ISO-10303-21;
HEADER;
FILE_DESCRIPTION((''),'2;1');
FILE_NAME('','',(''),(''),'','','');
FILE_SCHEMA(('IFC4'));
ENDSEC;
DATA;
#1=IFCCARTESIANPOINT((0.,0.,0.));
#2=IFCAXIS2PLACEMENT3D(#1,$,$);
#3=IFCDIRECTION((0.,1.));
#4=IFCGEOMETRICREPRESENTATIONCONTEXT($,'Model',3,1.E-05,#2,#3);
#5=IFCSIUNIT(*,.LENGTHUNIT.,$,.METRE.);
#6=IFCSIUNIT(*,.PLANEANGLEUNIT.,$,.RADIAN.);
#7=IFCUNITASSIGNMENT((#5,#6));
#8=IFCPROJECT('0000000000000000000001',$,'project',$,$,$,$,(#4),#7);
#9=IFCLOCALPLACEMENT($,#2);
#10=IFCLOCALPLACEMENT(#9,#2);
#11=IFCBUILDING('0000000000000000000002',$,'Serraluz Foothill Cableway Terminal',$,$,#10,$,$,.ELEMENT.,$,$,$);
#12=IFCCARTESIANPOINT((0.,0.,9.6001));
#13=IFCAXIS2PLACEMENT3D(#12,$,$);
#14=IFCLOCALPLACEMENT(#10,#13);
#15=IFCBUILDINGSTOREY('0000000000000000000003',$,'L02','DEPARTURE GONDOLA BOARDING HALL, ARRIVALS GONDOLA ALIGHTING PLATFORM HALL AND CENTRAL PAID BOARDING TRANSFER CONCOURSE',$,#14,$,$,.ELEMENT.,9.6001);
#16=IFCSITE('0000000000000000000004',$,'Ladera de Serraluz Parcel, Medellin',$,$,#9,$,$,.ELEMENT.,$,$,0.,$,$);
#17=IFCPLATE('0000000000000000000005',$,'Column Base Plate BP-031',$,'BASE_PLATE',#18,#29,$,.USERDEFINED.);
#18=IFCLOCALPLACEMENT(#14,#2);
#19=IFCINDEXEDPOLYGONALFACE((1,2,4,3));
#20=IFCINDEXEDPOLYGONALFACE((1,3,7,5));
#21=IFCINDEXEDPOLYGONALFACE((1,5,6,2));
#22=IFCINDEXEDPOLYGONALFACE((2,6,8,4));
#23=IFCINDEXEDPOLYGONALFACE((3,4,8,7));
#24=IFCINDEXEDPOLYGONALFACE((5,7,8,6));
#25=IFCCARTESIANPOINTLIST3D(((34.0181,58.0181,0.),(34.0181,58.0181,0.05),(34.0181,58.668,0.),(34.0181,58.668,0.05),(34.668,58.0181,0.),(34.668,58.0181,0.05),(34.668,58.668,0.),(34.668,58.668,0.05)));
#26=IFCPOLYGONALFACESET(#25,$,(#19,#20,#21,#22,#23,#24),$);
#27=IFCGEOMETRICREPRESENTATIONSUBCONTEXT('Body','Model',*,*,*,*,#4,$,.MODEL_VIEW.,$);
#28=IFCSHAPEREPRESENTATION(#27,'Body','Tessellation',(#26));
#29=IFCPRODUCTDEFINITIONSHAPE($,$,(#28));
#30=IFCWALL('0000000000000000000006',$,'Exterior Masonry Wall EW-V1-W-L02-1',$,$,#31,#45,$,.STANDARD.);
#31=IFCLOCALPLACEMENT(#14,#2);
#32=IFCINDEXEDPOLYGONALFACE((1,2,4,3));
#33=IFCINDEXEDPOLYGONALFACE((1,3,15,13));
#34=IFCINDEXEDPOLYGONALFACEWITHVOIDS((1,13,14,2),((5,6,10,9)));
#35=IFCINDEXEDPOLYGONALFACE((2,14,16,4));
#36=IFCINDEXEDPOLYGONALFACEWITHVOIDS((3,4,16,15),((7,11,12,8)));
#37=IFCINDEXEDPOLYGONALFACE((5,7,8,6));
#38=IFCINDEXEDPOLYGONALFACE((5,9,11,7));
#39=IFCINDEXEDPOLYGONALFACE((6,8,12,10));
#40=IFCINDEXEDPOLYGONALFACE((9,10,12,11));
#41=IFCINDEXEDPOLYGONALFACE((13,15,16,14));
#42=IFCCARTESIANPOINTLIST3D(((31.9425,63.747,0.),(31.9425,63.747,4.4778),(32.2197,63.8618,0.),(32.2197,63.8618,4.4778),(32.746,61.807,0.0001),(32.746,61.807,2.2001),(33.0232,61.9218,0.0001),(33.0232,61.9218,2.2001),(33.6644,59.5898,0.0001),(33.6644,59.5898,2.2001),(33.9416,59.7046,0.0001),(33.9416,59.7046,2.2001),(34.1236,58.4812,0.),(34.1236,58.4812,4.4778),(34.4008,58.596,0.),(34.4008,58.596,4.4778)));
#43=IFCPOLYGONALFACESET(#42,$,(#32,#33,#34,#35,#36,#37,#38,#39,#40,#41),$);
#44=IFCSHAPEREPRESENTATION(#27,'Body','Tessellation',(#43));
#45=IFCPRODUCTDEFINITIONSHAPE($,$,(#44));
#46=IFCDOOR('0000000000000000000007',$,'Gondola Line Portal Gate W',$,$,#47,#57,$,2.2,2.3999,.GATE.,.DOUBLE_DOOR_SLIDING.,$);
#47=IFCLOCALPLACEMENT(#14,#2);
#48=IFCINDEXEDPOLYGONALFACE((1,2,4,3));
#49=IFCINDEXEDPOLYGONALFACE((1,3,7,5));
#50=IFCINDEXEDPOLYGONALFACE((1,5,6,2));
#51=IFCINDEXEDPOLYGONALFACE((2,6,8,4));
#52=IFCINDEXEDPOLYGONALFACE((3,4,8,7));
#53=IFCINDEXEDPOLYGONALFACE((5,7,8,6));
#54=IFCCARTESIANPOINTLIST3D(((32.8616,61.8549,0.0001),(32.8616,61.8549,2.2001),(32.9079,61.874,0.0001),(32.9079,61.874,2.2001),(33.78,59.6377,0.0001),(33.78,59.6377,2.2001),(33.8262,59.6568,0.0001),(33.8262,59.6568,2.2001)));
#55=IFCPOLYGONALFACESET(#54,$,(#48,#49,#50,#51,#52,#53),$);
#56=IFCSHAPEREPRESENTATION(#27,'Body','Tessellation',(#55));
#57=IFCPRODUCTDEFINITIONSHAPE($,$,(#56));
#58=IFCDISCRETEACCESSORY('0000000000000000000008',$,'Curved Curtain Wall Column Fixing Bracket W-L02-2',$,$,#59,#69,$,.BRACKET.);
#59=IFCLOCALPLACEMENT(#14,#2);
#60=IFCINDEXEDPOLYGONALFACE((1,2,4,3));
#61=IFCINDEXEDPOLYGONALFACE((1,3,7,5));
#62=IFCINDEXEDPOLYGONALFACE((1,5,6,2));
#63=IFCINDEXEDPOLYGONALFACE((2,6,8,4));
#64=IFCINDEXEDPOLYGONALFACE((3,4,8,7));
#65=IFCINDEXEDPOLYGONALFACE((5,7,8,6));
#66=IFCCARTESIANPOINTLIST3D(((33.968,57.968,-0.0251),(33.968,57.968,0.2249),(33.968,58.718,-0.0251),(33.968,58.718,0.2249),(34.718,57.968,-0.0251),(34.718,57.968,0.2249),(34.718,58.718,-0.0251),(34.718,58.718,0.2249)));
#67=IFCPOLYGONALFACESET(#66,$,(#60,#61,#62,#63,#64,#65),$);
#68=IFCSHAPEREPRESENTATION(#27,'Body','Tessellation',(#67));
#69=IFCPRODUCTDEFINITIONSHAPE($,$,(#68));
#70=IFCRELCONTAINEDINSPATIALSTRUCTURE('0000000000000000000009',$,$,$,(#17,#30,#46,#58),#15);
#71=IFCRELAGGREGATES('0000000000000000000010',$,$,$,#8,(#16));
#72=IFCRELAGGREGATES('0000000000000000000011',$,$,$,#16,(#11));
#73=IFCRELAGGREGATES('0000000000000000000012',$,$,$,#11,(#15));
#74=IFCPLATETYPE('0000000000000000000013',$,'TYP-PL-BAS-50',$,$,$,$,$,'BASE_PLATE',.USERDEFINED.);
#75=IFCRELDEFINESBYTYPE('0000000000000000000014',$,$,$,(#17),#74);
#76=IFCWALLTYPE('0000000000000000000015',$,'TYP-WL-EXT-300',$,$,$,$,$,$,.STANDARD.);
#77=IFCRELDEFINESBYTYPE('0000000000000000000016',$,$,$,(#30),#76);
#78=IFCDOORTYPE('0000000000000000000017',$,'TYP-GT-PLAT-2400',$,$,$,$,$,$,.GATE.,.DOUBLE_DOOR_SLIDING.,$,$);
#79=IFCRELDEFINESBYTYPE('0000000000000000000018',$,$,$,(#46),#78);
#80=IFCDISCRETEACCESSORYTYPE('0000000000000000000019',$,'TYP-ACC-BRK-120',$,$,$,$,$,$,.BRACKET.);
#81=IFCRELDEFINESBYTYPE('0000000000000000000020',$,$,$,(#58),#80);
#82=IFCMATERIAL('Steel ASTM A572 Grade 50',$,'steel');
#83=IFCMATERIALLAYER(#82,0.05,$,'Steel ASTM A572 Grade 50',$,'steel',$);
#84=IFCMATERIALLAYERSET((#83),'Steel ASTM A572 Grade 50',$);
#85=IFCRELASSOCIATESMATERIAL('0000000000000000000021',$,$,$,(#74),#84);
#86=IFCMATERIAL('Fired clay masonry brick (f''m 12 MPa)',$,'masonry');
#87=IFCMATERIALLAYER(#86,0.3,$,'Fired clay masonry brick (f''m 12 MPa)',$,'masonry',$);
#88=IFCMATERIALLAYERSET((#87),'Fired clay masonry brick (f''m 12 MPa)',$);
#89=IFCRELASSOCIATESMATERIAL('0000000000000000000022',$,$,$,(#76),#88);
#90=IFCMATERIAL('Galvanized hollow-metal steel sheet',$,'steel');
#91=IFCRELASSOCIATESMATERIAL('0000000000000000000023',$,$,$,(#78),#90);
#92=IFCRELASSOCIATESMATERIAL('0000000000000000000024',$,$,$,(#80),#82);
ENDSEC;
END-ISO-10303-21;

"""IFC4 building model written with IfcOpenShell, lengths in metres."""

from ifc_helpers import new_model, si_unit, direction, frame, frame_2d, origin, origin_2d, place, context, subcontext, project, spatial, rectangle, extrude, material, layer, layer_set, type_object, element, fill, save


model = new_model("IFC4")

# Units and contexts
model_context = context("Model", 3, precision=1e-05, world=origin(), true_north=direction((0.0, 1.0)))
body_context = subcontext(model_context, "Body", "Model", "MODEL_VIEW")
ifc_project = project(units=[si_unit("LENGTHUNIT", "METRE"), si_unit("PLANEANGLEUNIT", "RADIAN")], contexts=[model_context])

# Site, building, storey
site_placement = place(None, origin())
site = spatial("IfcSite", under=ifc_project, at=site_placement, Name="Ladera de Serraluz Parcel, Medellin", CompositionType="ELEMENT", RefElevation=0.0)
building_placement = place(site_placement, origin())
building = spatial("IfcBuilding", under=site, at=building_placement, Name="Serraluz Foothill Cableway Terminal", CompositionType="ELEMENT")
storey_placement = place(building_placement, frame((0.0, 0.0, 9.6001)))
storey = spatial("IfcBuildingStorey", under=building, at=storey_placement, Name="L02", Description="DEPARTURE GONDOLA BOARDING HALL, ARRIVALS GONDOLA ALIGHTING PLATFORM HALL AND CENTRAL PAID BOARDING TRANSFER CONCOURSE", CompositionType="ELEMENT", Elevation=9.6001)

# Shared definitions
ifc_material_1 = material(Name="Steel ASTM A572 Grade 50", Category="steel")

# Plate
ifc_layer_1 = layer(ifc_material_1, 0.05, Name="Steel ASTM A572 Grade 50", Category="steel")
ifc_layer_set_1 = layer_set([ifc_layer_1], Name="Steel ASTM A572 Grade 50")
plate_type_1 = type_object("IfcPlateType", Name="TYP-PL-BAS-50", ElementType="BASE_PLATE", PredefinedType="USERDEFINED", material=ifc_layer_set_1)
plate_1_placement = place(storey_placement, frame((34.343, 58.343, 0.0), z_axis=(0.0, 0.0, 1.0), x_axis=(1.0, 0.0, 0.0)))
element("IfcPlate", 1, at=plate_1_placement, inside=storey, type_object=plate_type_1, Name="Column Base Plate BP-031", ObjectType="BASE_PLATE", PredefinedType="USERDEFINED", context=body_context, shape_type="SweptSolid", body=[
    extrude(rectangle(XDim=0.6499, YDim=0.6499, at=origin_2d()), origin(), (0.0, 0.0, 1.0), 0.05),
])

# Wall, opening, door
ifc_material_2 = material(Name="Fired clay masonry brick (f'm 12 MPa)", Category="masonry")
ifc_layer_2 = layer(ifc_material_2, 0.3, Name="Fired clay masonry brick (f'm 12 MPa)", Category="masonry")
ifc_layer_set_2 = layer_set([ifc_layer_2], Name="Fired clay masonry brick (f'm 12 MPa)")
wall_type_1 = type_object("IfcWallType", Name="TYP-WL-EXT-300", PredefinedType="STANDARD", material=ifc_layer_set_2)
wall_1_placement = place(storey_placement, frame((34.2622, 58.5386, 0.0), z_axis=(0.0, 0.0, 1.0), x_axis=(-0.382677, 0.923882, 0.0)))
wall_1 = element("IfcWall", 2, at=wall_1_placement, inside=storey, type_object=wall_type_1, Name="Exterior Masonry Wall EW-V1-W-L02-1", PredefinedType="STANDARD", context=body_context, shape_type="SweptSolid", body=[
    extrude(rectangle(XDim=5.6997, YDim=0.3, at=frame_2d((2.8499, 0.0))), origin(), (0.0, 0.0, 1.0), 4.4778),
])
opening_1_placement = place(wall_1_placement, frame((1.2, 0.0, 0.0)))
opening_1 = element("IfcOpeningElement", 3, at=opening_1_placement, cuts=wall_1, PredefinedType="OPENING", context=body_context, shape_type="SweptSolid", body=[
    extrude(rectangle(XDim=2.3999, YDim=2.2, at=frame_2d((1.2, 1.1001))), frame((0.0, 0.1602, 0.0), z_axis=(0.0, -1.0, 0.0), x_axis=(1.0, 0.0, 0.0)), (0.0, 0.0, 1.0), 0.3201),
])
ifc_material_3 = material(Name="Galvanized hollow-metal steel sheet", Category="steel")
door_type_1 = type_object("IfcDoorType", Name="TYP-GT-PLAT-2400", OperationType="DOUBLE_DOOR_SLIDING", PredefinedType="GATE", material=ifc_material_3)
door_1_placement = place(opening_1_placement, origin())
door_1 = element("IfcDoor", 4, at=door_1_placement, inside=storey, type_object=door_type_1, Name="Gondola Line Portal Gate W", OperationType="DOUBLE_DOOR_SLIDING", OverallHeight=2.2, OverallWidth=2.3999, PredefinedType="GATE", context=body_context, shape_type="SweptSolid", body=[
    extrude(rectangle(XDim=2.3999, YDim=2.2, at=frame_2d((1.2, 1.1001))), frame((0.0, 0.0249, 0.0), z_axis=(0.0, -1.0, 0.0), x_axis=(1.0, 0.0, 0.0)), (0.0, 0.0, 1.0), 0.05),
])
fill(opening_1, door_1)

# Discrete accessory
discrete_accessory_type = type_object("IfcDiscreteAccessoryType", Name="TYP-ACC-BRK-120", PredefinedType="BRACKET", material=ifc_material_1)
discrete_accessory_placement = place(storey_placement, frame((34.343, 58.343, -0.0251), z_axis=(0.0, 0.0, 1.0), x_axis=(1.0, 0.0, 0.0)))
element("IfcDiscreteAccessory", 5, at=discrete_accessory_placement, inside=storey, type_object=discrete_accessory_type, Name="Curved Curtain Wall Column Fixing Bracket W-L02-2", PredefinedType="BRACKET", context=body_context, shape_type="SweptSolid", body=[
    extrude(rectangle(XDim=0.75, YDim=0.75, at=origin_2d()), origin(), (0.0, 0.0, 1.0), 0.25),
])

save(model, "model.ifc")
